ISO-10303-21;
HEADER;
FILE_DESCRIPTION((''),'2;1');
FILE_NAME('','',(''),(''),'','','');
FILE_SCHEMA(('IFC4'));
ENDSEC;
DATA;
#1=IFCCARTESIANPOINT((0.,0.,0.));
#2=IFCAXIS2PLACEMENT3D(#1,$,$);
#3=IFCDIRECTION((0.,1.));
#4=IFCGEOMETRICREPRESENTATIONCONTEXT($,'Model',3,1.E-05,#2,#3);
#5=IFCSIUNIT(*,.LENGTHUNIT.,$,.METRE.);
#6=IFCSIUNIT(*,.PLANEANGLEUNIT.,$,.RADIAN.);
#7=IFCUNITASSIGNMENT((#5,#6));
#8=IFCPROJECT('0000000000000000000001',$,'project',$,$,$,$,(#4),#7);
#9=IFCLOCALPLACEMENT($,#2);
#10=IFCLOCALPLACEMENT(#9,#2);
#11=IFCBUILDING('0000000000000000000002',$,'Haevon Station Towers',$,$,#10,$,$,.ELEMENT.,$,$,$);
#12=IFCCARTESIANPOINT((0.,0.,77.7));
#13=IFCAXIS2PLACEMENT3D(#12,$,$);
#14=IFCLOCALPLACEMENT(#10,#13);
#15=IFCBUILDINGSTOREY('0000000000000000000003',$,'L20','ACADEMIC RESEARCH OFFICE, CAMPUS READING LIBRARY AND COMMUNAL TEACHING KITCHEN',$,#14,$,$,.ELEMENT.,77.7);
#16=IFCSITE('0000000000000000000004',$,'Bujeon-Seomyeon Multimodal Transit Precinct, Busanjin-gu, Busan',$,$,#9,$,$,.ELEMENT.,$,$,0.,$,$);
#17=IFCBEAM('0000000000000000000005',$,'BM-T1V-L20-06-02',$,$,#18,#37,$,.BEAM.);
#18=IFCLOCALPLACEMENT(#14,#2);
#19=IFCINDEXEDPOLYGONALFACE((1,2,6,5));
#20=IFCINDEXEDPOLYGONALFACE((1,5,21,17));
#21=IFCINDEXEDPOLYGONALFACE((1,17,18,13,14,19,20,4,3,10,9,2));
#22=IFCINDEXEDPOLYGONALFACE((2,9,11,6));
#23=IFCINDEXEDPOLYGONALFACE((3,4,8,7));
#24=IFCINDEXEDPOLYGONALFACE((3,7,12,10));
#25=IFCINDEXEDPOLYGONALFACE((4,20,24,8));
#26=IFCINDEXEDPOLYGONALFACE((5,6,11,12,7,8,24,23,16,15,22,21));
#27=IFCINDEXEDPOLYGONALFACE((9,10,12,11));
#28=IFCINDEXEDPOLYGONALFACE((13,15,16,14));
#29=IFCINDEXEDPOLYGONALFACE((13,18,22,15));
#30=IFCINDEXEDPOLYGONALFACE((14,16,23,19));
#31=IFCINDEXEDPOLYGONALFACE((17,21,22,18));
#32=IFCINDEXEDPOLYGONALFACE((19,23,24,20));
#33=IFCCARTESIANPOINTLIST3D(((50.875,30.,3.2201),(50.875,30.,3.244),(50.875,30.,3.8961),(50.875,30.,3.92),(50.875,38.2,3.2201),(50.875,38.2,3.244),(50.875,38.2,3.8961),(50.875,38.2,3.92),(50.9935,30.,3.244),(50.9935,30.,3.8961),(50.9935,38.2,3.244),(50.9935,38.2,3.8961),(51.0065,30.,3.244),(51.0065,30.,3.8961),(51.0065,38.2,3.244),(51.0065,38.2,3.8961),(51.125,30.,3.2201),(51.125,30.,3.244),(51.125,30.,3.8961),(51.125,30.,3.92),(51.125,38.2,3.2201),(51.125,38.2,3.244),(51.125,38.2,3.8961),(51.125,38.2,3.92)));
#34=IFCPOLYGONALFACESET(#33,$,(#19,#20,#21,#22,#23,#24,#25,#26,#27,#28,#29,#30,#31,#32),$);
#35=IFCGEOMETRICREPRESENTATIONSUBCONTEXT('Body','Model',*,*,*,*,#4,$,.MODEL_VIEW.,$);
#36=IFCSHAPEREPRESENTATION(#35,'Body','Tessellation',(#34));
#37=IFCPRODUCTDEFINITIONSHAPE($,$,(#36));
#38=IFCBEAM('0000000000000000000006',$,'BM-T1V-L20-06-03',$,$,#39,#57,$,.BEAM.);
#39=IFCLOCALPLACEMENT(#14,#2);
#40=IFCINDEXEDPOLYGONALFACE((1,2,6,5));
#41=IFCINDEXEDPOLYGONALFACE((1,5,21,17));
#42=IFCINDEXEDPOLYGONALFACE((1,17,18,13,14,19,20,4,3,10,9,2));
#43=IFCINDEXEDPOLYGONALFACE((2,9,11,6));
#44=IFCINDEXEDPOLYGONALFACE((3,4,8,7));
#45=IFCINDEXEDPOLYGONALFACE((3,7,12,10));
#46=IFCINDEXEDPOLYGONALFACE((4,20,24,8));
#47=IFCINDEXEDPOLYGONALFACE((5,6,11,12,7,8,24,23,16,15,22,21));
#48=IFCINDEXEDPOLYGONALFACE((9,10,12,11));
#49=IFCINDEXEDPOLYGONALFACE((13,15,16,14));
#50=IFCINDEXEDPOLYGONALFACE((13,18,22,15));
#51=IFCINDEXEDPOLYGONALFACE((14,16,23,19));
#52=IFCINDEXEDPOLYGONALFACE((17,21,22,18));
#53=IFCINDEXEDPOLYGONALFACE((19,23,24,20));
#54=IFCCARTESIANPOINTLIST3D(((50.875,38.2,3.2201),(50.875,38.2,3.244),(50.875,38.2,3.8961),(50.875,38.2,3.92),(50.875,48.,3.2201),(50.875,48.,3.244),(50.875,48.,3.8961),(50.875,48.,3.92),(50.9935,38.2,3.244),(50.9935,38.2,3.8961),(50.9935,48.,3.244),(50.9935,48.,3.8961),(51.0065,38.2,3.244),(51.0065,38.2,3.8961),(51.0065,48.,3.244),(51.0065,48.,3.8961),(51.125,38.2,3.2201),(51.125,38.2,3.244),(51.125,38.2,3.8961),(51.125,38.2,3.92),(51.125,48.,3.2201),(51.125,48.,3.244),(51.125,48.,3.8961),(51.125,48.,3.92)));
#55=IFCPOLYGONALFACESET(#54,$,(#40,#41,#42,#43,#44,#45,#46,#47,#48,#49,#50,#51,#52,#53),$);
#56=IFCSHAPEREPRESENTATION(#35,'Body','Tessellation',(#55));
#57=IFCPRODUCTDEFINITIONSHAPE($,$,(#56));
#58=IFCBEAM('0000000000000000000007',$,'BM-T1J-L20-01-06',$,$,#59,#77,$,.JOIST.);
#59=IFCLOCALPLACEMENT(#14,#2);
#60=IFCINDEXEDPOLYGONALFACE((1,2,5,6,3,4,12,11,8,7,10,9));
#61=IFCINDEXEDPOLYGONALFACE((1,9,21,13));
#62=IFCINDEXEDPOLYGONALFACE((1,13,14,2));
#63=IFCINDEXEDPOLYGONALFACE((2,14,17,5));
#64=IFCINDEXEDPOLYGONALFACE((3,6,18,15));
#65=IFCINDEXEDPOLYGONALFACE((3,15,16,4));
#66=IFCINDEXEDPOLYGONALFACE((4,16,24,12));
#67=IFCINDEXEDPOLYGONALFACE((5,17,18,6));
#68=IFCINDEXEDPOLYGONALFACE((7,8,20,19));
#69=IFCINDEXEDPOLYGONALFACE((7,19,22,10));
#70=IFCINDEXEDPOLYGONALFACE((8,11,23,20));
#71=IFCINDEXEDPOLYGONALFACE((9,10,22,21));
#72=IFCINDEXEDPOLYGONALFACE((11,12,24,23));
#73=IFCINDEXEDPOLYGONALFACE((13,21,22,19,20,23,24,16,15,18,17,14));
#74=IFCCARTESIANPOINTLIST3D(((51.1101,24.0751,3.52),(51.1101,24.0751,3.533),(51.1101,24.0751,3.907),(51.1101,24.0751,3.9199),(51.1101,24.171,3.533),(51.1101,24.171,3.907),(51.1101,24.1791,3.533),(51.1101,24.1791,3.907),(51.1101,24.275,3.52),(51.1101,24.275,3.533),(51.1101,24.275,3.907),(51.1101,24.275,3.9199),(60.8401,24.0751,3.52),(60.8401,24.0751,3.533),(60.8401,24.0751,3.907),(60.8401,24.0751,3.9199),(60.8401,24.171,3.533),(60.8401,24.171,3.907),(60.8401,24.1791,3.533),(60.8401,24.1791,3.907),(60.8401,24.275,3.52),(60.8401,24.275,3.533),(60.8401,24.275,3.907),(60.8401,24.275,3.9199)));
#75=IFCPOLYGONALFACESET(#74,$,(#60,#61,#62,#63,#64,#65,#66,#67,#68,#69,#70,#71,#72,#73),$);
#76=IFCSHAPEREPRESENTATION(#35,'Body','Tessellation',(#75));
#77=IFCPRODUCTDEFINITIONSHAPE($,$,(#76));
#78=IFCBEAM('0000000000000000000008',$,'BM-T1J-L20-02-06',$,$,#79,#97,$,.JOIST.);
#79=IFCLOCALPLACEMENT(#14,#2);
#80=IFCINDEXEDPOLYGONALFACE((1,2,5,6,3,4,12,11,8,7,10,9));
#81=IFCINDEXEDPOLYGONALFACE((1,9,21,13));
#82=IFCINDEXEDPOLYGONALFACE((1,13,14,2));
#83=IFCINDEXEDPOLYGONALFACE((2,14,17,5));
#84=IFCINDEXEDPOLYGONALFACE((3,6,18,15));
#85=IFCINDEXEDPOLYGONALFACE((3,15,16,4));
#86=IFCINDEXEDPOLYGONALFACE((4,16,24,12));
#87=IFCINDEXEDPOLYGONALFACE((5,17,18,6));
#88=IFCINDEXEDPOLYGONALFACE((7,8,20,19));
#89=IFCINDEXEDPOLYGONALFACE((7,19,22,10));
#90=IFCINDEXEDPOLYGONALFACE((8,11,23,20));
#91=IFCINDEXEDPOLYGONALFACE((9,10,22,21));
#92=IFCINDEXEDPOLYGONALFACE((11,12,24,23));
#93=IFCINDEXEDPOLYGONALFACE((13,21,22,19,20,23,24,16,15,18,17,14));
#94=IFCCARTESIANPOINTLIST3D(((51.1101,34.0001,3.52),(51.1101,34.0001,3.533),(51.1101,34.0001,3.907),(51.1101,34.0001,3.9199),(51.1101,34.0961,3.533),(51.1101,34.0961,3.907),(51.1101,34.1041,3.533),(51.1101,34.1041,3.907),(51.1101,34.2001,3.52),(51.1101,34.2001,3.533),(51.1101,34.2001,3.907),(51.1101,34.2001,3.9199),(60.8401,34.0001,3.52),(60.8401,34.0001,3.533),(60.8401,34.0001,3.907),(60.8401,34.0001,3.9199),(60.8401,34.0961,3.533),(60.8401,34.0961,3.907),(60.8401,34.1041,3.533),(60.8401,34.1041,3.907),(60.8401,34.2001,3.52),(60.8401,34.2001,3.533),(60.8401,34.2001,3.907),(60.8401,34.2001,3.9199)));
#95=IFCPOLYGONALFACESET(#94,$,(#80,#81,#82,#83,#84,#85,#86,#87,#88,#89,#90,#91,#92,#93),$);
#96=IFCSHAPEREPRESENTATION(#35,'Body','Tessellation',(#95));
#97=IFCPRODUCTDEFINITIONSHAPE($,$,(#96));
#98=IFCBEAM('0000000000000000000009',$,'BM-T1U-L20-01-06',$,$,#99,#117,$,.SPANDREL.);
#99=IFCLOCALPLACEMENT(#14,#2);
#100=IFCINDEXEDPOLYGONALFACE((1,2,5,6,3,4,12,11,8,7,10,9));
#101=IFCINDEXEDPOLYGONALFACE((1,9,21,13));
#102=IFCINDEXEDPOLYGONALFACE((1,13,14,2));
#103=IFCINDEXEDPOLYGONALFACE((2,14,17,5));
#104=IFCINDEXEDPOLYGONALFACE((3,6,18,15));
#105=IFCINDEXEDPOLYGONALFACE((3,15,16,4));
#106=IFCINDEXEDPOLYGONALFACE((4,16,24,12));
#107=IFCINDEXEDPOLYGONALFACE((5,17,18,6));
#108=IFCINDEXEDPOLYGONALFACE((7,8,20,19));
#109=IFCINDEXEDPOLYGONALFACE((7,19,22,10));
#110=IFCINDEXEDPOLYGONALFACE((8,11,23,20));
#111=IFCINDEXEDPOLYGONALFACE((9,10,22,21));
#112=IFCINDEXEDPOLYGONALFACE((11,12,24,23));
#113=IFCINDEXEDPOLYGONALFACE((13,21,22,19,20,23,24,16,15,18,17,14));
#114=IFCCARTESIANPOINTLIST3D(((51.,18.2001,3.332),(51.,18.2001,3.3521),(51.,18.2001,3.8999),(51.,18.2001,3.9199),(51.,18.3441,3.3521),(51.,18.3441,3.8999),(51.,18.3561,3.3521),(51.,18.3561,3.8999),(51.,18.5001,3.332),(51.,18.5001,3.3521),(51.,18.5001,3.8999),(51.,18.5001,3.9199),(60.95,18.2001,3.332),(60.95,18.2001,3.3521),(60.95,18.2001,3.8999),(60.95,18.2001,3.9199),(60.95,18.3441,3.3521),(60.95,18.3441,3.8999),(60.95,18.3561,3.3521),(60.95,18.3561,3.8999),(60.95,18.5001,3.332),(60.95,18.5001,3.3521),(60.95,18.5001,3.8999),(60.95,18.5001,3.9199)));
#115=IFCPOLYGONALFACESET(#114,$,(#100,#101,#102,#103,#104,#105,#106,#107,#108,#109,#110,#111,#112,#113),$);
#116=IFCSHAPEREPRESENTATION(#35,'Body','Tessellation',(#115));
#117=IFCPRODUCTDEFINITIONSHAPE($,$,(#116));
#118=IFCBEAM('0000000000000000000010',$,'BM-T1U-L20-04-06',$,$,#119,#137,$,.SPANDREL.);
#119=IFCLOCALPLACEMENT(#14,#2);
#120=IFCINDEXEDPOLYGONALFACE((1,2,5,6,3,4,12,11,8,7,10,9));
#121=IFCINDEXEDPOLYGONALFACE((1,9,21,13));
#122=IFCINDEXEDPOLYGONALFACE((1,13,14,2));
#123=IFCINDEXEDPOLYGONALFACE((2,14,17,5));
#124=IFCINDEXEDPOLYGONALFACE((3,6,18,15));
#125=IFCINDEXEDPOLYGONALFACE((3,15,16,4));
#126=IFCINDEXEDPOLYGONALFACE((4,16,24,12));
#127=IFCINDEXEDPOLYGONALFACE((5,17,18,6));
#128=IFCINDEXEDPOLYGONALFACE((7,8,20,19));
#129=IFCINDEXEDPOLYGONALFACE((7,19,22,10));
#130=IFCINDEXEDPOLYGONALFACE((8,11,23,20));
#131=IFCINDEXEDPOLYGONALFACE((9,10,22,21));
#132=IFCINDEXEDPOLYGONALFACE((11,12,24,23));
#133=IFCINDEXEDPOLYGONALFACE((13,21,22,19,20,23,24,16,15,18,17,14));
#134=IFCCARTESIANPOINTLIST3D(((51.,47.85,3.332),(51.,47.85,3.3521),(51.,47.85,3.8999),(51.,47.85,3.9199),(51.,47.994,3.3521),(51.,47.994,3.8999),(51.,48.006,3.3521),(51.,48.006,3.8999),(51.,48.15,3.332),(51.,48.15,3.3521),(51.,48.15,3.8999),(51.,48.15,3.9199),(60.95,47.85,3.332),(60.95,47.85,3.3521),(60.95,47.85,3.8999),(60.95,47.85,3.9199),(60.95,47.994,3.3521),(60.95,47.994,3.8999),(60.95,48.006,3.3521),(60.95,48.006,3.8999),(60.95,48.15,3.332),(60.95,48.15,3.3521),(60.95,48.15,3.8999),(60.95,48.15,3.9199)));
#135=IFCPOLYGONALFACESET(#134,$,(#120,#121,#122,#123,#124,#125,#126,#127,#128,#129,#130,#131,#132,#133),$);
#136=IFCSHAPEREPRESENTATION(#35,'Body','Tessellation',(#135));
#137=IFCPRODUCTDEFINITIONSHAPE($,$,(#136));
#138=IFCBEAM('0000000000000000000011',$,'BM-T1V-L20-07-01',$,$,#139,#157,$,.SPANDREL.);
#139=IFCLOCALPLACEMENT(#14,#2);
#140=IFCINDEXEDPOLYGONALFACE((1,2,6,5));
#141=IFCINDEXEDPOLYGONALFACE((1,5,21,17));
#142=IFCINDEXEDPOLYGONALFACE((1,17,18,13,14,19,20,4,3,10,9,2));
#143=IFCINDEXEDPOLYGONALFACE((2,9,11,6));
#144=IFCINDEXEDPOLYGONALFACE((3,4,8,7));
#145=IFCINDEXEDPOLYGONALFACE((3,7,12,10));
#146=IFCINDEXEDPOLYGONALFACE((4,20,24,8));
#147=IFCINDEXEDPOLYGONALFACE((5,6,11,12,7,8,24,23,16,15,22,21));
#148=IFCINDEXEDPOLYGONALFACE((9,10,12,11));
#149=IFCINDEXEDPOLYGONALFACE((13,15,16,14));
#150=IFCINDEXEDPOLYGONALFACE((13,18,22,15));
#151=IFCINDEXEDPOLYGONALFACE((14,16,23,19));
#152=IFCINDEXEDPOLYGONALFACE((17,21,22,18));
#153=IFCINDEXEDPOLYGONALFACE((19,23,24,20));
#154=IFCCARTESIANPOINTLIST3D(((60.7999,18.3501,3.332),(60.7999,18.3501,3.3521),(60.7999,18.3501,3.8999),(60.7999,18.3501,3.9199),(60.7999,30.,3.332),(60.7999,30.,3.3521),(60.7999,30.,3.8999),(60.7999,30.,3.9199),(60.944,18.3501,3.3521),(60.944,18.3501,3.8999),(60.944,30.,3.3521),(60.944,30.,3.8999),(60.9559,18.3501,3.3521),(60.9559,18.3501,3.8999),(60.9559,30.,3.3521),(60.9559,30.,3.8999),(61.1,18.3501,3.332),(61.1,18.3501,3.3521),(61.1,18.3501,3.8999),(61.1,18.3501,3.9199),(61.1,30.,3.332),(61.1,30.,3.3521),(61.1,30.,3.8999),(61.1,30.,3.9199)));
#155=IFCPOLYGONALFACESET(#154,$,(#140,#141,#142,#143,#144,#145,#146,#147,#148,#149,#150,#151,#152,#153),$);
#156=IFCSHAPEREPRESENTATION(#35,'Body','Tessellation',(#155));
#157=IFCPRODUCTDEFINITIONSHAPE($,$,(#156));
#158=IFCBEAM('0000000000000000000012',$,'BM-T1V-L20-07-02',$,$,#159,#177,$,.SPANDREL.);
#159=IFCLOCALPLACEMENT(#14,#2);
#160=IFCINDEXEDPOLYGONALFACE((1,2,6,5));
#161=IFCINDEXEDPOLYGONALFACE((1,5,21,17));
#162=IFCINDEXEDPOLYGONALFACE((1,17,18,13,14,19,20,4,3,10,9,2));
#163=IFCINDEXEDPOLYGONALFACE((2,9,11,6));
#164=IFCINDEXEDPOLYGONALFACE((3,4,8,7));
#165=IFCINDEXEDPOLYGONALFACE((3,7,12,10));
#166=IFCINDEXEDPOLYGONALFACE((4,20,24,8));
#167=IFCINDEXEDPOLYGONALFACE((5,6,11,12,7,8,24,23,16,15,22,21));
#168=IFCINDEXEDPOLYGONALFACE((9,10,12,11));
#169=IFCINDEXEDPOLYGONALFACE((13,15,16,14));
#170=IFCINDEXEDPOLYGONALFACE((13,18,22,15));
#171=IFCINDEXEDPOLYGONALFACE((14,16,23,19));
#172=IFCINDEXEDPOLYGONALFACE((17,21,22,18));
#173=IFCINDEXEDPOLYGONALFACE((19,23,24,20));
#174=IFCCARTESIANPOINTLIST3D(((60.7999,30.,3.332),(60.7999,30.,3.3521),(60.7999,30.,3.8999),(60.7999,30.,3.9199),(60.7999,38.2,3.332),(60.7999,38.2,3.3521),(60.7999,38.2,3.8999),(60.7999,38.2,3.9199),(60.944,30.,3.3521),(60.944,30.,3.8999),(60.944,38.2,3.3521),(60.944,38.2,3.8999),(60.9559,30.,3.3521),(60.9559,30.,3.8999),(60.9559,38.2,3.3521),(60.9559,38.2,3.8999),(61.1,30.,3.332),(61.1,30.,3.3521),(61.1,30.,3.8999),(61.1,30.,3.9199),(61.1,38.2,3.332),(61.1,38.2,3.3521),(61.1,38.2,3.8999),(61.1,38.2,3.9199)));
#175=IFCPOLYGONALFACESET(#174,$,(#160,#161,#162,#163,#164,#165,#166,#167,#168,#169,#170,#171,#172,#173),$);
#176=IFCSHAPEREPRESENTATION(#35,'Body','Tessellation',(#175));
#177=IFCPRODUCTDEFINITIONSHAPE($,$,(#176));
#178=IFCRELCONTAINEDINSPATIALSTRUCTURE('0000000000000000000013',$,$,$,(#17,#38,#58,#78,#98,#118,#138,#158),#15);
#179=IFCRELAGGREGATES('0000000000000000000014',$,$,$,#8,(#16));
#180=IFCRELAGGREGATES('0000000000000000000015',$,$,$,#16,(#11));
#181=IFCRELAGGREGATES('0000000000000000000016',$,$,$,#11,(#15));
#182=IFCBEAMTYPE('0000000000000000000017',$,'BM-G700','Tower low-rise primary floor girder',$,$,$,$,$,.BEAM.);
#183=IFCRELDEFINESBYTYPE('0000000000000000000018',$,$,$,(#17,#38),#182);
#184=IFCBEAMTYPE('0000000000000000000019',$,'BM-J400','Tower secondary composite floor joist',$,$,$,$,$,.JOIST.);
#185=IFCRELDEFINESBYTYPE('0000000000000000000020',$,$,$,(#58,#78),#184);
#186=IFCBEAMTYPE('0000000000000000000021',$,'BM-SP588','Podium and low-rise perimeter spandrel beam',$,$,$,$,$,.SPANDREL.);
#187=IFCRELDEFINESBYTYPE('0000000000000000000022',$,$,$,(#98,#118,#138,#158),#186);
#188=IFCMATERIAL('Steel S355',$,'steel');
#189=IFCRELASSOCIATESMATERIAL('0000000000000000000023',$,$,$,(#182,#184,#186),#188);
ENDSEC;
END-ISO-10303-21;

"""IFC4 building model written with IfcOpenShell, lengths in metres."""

from ifc_helpers import new_model, si_unit, direction, frame, origin, origin_2d, place, context, subcontext, project, spatial, i_section, extrude, material, material_profile, profile_set, type_object, element, save


model = new_model("IFC4")

# Units and contexts
model_context = context("Model", 3, precision=1e-05, world=origin(), true_north=direction((0.0, 1.0)))
body_context = subcontext(model_context, "Body", "Model", "MODEL_VIEW")
ifc_project = project(units=[si_unit("LENGTHUNIT", "METRE"), si_unit("PLANEANGLEUNIT", "RADIAN")], contexts=[model_context])

# Site, building, storey
site_placement = place(None, origin())
site = spatial("IfcSite", under=ifc_project, at=site_placement, Name="Bujeon-Seomyeon Multimodal Transit Precinct, Busanjin-gu, Busan", CompositionType="ELEMENT", RefElevation=0.0)
building_placement = place(site_placement, origin())
building = spatial("IfcBuilding", under=site, at=building_placement, Name="Haevon Station Towers", CompositionType="ELEMENT")
storey_placement = place(building_placement, frame((0.0, 0.0, 77.7)))
storey = spatial("IfcBuildingStorey", under=building, at=storey_placement, Name="L20", Description="ACADEMIC RESEARCH OFFICE, CAMPUS READING LIBRARY AND COMMUNAL TEACHING KITCHEN", CompositionType="ELEMENT", Elevation=77.7)

# Beams
ifc_material_1 = material(Name="Steel S355", Category="steel")
ifc_material_profile_1 = material_profile(ifc_material_1, i_section(OverallWidth=0.25, OverallDepth=0.7, WebThickness=0.0129, FlangeThickness=0.0239, at=origin_2d()), Name="H-700x250x13x24")
ifc_profile_set_1 = profile_set([ifc_material_profile_1], Name="Steel S355")
beam_type_1 = type_object("IfcBeamType", Name="BM-G700", Description="Tower low-rise primary floor girder", PredefinedType="BEAM", material=ifc_profile_set_1)
beam_1_placement = place(storey_placement, frame((51.0, 30.0, 3.5701), z_axis=(0.0, 1.0, 0.0), x_axis=(-1.0, 0.0, 0.0)))
element("IfcBeam", 1, at=beam_1_placement, inside=storey, type_object=beam_type_1, Name="BM-T1V-L20-06-02", PredefinedType="BEAM", context=body_context, shape_type="SweptSolid", body=[
    extrude(i_section(OverallWidth=0.25, OverallDepth=0.7, WebThickness=0.0129, FlangeThickness=0.0239, at=origin_2d()), origin(), (0.0, 0.0, 1.0), 8.2),
])
beam_2_placement = place(storey_placement, frame((51.0, 38.2, 3.5701), z_axis=(0.0, 1.0, 0.0), x_axis=(-1.0, 0.0, 0.0)))
element("IfcBeam", 2, at=beam_2_placement, inside=storey, type_object=beam_type_1, Name="BM-T1V-L20-06-03", PredefinedType="BEAM", context=body_context, shape_type="SweptSolid", body=[
    extrude(i_section(OverallWidth=0.25, OverallDepth=0.7, WebThickness=0.0129, FlangeThickness=0.0239, at=origin_2d()), origin(), (0.0, 0.0, 1.0), 9.8),
])
ifc_material_profile_2 = material_profile(ifc_material_1, i_section(OverallWidth=0.2, OverallDepth=0.3999, WebThickness=0.0081, FlangeThickness=0.0129, at=origin_2d()), Name="H-400x200x8x13")
ifc_profile_set_2 = profile_set([ifc_material_profile_2], Name="Steel S355")
beam_type_2 = type_object("IfcBeamType", Name="BM-J400", Description="Tower secondary composite floor joist", PredefinedType="JOIST", material=ifc_profile_set_2)
for number, where, z_axis, x_axis, name in (
    (3, (51.1101, 24.175, 3.72), (1.0, 0.0, 0.0), (0.0, 1.0, 0.0), "BM-T1J-L20-01-06"),
    (4, (51.1101, 34.1001, 3.72), (1.0, 0.0, 0.0), (0.0, 1.0, 0.0), "BM-T1J-L20-02-06"),
):
    element("IfcBeam", number, at=place(storey_placement, frame(where, z_axis=z_axis, x_axis=x_axis)), inside=storey, type_object=beam_type_2, Name=name, PredefinedType="JOIST", context=body_context, shape_type="SweptSolid", body=[
        extrude(i_section(OverallWidth=0.2, OverallDepth=0.3999, WebThickness=0.0081, FlangeThickness=0.0129, at=origin_2d()), origin(), (0.0, 0.0, 1.0), 9.73),
    ])
ifc_material_profile_3 = material_profile(ifc_material_1, i_section(OverallWidth=0.3, OverallDepth=0.5879, WebThickness=0.012, FlangeThickness=0.02, at=origin_2d()), Name="H-588x300x12x20")
ifc_profile_set_3 = profile_set([ifc_material_profile_3], Name="Steel S355")
beam_type_3 = type_object("IfcBeamType", Name="BM-SP588", Description="Podium and low-rise perimeter spandrel beam", PredefinedType="SPANDREL", material=ifc_profile_set_3)
for number, where, z_axis, x_axis, name in (
    (5, (51.0, 18.3501, 3.626), (1.0, 0.0, 0.0), (0.0, 1.0, 0.0), "BM-T1U-L20-01-06"),
    (6, (51.0, 48.0, 3.626), (1.0, 0.0, 0.0), (0.0, 1.0, 0.0), "BM-T1U-L20-04-06"),
):
    element("IfcBeam", number, at=place(storey_placement, frame(where, z_axis=z_axis, x_axis=x_axis)), inside=storey, type_object=beam_type_3, Name=name, PredefinedType="SPANDREL", context=body_context, shape_type="SweptSolid", body=[
        extrude(i_section(OverallWidth=0.3, OverallDepth=0.5879, WebThickness=0.012, FlangeThickness=0.02, at=origin_2d()), origin(), (0.0, 0.0, 1.0), 9.95),
    ])
beam_3_placement = place(storey_placement, frame((60.95, 18.3501, 3.626), z_axis=(0.0, 1.0, 0.0), x_axis=(-1.0, 0.0, 0.0)))
element("IfcBeam", 7, at=beam_3_placement, inside=storey, type_object=beam_type_3, Name="BM-T1V-L20-07-01", PredefinedType="SPANDREL", context=body_context, shape_type="SweptSolid", body=[
    extrude(i_section(OverallWidth=0.3, OverallDepth=0.5879, WebThickness=0.012, FlangeThickness=0.02, at=origin_2d()), origin(), (0.0, 0.0, 1.0), 11.6499),
])
beam_4_placement = place(storey_placement, frame((60.95, 30.0, 3.626), z_axis=(0.0, 1.0, 0.0), x_axis=(-1.0, 0.0, 0.0)))
element("IfcBeam", 8, at=beam_4_placement, inside=storey, type_object=beam_type_3, Name="BM-T1V-L20-07-02", PredefinedType="SPANDREL", context=body_context, shape_type="SweptSolid", body=[
    extrude(i_section(OverallWidth=0.3, OverallDepth=0.5879, WebThickness=0.012, FlangeThickness=0.02, at=origin_2d()), origin(), (0.0, 0.0, 1.0), 8.2),
])

save(model, "model.ifc")
